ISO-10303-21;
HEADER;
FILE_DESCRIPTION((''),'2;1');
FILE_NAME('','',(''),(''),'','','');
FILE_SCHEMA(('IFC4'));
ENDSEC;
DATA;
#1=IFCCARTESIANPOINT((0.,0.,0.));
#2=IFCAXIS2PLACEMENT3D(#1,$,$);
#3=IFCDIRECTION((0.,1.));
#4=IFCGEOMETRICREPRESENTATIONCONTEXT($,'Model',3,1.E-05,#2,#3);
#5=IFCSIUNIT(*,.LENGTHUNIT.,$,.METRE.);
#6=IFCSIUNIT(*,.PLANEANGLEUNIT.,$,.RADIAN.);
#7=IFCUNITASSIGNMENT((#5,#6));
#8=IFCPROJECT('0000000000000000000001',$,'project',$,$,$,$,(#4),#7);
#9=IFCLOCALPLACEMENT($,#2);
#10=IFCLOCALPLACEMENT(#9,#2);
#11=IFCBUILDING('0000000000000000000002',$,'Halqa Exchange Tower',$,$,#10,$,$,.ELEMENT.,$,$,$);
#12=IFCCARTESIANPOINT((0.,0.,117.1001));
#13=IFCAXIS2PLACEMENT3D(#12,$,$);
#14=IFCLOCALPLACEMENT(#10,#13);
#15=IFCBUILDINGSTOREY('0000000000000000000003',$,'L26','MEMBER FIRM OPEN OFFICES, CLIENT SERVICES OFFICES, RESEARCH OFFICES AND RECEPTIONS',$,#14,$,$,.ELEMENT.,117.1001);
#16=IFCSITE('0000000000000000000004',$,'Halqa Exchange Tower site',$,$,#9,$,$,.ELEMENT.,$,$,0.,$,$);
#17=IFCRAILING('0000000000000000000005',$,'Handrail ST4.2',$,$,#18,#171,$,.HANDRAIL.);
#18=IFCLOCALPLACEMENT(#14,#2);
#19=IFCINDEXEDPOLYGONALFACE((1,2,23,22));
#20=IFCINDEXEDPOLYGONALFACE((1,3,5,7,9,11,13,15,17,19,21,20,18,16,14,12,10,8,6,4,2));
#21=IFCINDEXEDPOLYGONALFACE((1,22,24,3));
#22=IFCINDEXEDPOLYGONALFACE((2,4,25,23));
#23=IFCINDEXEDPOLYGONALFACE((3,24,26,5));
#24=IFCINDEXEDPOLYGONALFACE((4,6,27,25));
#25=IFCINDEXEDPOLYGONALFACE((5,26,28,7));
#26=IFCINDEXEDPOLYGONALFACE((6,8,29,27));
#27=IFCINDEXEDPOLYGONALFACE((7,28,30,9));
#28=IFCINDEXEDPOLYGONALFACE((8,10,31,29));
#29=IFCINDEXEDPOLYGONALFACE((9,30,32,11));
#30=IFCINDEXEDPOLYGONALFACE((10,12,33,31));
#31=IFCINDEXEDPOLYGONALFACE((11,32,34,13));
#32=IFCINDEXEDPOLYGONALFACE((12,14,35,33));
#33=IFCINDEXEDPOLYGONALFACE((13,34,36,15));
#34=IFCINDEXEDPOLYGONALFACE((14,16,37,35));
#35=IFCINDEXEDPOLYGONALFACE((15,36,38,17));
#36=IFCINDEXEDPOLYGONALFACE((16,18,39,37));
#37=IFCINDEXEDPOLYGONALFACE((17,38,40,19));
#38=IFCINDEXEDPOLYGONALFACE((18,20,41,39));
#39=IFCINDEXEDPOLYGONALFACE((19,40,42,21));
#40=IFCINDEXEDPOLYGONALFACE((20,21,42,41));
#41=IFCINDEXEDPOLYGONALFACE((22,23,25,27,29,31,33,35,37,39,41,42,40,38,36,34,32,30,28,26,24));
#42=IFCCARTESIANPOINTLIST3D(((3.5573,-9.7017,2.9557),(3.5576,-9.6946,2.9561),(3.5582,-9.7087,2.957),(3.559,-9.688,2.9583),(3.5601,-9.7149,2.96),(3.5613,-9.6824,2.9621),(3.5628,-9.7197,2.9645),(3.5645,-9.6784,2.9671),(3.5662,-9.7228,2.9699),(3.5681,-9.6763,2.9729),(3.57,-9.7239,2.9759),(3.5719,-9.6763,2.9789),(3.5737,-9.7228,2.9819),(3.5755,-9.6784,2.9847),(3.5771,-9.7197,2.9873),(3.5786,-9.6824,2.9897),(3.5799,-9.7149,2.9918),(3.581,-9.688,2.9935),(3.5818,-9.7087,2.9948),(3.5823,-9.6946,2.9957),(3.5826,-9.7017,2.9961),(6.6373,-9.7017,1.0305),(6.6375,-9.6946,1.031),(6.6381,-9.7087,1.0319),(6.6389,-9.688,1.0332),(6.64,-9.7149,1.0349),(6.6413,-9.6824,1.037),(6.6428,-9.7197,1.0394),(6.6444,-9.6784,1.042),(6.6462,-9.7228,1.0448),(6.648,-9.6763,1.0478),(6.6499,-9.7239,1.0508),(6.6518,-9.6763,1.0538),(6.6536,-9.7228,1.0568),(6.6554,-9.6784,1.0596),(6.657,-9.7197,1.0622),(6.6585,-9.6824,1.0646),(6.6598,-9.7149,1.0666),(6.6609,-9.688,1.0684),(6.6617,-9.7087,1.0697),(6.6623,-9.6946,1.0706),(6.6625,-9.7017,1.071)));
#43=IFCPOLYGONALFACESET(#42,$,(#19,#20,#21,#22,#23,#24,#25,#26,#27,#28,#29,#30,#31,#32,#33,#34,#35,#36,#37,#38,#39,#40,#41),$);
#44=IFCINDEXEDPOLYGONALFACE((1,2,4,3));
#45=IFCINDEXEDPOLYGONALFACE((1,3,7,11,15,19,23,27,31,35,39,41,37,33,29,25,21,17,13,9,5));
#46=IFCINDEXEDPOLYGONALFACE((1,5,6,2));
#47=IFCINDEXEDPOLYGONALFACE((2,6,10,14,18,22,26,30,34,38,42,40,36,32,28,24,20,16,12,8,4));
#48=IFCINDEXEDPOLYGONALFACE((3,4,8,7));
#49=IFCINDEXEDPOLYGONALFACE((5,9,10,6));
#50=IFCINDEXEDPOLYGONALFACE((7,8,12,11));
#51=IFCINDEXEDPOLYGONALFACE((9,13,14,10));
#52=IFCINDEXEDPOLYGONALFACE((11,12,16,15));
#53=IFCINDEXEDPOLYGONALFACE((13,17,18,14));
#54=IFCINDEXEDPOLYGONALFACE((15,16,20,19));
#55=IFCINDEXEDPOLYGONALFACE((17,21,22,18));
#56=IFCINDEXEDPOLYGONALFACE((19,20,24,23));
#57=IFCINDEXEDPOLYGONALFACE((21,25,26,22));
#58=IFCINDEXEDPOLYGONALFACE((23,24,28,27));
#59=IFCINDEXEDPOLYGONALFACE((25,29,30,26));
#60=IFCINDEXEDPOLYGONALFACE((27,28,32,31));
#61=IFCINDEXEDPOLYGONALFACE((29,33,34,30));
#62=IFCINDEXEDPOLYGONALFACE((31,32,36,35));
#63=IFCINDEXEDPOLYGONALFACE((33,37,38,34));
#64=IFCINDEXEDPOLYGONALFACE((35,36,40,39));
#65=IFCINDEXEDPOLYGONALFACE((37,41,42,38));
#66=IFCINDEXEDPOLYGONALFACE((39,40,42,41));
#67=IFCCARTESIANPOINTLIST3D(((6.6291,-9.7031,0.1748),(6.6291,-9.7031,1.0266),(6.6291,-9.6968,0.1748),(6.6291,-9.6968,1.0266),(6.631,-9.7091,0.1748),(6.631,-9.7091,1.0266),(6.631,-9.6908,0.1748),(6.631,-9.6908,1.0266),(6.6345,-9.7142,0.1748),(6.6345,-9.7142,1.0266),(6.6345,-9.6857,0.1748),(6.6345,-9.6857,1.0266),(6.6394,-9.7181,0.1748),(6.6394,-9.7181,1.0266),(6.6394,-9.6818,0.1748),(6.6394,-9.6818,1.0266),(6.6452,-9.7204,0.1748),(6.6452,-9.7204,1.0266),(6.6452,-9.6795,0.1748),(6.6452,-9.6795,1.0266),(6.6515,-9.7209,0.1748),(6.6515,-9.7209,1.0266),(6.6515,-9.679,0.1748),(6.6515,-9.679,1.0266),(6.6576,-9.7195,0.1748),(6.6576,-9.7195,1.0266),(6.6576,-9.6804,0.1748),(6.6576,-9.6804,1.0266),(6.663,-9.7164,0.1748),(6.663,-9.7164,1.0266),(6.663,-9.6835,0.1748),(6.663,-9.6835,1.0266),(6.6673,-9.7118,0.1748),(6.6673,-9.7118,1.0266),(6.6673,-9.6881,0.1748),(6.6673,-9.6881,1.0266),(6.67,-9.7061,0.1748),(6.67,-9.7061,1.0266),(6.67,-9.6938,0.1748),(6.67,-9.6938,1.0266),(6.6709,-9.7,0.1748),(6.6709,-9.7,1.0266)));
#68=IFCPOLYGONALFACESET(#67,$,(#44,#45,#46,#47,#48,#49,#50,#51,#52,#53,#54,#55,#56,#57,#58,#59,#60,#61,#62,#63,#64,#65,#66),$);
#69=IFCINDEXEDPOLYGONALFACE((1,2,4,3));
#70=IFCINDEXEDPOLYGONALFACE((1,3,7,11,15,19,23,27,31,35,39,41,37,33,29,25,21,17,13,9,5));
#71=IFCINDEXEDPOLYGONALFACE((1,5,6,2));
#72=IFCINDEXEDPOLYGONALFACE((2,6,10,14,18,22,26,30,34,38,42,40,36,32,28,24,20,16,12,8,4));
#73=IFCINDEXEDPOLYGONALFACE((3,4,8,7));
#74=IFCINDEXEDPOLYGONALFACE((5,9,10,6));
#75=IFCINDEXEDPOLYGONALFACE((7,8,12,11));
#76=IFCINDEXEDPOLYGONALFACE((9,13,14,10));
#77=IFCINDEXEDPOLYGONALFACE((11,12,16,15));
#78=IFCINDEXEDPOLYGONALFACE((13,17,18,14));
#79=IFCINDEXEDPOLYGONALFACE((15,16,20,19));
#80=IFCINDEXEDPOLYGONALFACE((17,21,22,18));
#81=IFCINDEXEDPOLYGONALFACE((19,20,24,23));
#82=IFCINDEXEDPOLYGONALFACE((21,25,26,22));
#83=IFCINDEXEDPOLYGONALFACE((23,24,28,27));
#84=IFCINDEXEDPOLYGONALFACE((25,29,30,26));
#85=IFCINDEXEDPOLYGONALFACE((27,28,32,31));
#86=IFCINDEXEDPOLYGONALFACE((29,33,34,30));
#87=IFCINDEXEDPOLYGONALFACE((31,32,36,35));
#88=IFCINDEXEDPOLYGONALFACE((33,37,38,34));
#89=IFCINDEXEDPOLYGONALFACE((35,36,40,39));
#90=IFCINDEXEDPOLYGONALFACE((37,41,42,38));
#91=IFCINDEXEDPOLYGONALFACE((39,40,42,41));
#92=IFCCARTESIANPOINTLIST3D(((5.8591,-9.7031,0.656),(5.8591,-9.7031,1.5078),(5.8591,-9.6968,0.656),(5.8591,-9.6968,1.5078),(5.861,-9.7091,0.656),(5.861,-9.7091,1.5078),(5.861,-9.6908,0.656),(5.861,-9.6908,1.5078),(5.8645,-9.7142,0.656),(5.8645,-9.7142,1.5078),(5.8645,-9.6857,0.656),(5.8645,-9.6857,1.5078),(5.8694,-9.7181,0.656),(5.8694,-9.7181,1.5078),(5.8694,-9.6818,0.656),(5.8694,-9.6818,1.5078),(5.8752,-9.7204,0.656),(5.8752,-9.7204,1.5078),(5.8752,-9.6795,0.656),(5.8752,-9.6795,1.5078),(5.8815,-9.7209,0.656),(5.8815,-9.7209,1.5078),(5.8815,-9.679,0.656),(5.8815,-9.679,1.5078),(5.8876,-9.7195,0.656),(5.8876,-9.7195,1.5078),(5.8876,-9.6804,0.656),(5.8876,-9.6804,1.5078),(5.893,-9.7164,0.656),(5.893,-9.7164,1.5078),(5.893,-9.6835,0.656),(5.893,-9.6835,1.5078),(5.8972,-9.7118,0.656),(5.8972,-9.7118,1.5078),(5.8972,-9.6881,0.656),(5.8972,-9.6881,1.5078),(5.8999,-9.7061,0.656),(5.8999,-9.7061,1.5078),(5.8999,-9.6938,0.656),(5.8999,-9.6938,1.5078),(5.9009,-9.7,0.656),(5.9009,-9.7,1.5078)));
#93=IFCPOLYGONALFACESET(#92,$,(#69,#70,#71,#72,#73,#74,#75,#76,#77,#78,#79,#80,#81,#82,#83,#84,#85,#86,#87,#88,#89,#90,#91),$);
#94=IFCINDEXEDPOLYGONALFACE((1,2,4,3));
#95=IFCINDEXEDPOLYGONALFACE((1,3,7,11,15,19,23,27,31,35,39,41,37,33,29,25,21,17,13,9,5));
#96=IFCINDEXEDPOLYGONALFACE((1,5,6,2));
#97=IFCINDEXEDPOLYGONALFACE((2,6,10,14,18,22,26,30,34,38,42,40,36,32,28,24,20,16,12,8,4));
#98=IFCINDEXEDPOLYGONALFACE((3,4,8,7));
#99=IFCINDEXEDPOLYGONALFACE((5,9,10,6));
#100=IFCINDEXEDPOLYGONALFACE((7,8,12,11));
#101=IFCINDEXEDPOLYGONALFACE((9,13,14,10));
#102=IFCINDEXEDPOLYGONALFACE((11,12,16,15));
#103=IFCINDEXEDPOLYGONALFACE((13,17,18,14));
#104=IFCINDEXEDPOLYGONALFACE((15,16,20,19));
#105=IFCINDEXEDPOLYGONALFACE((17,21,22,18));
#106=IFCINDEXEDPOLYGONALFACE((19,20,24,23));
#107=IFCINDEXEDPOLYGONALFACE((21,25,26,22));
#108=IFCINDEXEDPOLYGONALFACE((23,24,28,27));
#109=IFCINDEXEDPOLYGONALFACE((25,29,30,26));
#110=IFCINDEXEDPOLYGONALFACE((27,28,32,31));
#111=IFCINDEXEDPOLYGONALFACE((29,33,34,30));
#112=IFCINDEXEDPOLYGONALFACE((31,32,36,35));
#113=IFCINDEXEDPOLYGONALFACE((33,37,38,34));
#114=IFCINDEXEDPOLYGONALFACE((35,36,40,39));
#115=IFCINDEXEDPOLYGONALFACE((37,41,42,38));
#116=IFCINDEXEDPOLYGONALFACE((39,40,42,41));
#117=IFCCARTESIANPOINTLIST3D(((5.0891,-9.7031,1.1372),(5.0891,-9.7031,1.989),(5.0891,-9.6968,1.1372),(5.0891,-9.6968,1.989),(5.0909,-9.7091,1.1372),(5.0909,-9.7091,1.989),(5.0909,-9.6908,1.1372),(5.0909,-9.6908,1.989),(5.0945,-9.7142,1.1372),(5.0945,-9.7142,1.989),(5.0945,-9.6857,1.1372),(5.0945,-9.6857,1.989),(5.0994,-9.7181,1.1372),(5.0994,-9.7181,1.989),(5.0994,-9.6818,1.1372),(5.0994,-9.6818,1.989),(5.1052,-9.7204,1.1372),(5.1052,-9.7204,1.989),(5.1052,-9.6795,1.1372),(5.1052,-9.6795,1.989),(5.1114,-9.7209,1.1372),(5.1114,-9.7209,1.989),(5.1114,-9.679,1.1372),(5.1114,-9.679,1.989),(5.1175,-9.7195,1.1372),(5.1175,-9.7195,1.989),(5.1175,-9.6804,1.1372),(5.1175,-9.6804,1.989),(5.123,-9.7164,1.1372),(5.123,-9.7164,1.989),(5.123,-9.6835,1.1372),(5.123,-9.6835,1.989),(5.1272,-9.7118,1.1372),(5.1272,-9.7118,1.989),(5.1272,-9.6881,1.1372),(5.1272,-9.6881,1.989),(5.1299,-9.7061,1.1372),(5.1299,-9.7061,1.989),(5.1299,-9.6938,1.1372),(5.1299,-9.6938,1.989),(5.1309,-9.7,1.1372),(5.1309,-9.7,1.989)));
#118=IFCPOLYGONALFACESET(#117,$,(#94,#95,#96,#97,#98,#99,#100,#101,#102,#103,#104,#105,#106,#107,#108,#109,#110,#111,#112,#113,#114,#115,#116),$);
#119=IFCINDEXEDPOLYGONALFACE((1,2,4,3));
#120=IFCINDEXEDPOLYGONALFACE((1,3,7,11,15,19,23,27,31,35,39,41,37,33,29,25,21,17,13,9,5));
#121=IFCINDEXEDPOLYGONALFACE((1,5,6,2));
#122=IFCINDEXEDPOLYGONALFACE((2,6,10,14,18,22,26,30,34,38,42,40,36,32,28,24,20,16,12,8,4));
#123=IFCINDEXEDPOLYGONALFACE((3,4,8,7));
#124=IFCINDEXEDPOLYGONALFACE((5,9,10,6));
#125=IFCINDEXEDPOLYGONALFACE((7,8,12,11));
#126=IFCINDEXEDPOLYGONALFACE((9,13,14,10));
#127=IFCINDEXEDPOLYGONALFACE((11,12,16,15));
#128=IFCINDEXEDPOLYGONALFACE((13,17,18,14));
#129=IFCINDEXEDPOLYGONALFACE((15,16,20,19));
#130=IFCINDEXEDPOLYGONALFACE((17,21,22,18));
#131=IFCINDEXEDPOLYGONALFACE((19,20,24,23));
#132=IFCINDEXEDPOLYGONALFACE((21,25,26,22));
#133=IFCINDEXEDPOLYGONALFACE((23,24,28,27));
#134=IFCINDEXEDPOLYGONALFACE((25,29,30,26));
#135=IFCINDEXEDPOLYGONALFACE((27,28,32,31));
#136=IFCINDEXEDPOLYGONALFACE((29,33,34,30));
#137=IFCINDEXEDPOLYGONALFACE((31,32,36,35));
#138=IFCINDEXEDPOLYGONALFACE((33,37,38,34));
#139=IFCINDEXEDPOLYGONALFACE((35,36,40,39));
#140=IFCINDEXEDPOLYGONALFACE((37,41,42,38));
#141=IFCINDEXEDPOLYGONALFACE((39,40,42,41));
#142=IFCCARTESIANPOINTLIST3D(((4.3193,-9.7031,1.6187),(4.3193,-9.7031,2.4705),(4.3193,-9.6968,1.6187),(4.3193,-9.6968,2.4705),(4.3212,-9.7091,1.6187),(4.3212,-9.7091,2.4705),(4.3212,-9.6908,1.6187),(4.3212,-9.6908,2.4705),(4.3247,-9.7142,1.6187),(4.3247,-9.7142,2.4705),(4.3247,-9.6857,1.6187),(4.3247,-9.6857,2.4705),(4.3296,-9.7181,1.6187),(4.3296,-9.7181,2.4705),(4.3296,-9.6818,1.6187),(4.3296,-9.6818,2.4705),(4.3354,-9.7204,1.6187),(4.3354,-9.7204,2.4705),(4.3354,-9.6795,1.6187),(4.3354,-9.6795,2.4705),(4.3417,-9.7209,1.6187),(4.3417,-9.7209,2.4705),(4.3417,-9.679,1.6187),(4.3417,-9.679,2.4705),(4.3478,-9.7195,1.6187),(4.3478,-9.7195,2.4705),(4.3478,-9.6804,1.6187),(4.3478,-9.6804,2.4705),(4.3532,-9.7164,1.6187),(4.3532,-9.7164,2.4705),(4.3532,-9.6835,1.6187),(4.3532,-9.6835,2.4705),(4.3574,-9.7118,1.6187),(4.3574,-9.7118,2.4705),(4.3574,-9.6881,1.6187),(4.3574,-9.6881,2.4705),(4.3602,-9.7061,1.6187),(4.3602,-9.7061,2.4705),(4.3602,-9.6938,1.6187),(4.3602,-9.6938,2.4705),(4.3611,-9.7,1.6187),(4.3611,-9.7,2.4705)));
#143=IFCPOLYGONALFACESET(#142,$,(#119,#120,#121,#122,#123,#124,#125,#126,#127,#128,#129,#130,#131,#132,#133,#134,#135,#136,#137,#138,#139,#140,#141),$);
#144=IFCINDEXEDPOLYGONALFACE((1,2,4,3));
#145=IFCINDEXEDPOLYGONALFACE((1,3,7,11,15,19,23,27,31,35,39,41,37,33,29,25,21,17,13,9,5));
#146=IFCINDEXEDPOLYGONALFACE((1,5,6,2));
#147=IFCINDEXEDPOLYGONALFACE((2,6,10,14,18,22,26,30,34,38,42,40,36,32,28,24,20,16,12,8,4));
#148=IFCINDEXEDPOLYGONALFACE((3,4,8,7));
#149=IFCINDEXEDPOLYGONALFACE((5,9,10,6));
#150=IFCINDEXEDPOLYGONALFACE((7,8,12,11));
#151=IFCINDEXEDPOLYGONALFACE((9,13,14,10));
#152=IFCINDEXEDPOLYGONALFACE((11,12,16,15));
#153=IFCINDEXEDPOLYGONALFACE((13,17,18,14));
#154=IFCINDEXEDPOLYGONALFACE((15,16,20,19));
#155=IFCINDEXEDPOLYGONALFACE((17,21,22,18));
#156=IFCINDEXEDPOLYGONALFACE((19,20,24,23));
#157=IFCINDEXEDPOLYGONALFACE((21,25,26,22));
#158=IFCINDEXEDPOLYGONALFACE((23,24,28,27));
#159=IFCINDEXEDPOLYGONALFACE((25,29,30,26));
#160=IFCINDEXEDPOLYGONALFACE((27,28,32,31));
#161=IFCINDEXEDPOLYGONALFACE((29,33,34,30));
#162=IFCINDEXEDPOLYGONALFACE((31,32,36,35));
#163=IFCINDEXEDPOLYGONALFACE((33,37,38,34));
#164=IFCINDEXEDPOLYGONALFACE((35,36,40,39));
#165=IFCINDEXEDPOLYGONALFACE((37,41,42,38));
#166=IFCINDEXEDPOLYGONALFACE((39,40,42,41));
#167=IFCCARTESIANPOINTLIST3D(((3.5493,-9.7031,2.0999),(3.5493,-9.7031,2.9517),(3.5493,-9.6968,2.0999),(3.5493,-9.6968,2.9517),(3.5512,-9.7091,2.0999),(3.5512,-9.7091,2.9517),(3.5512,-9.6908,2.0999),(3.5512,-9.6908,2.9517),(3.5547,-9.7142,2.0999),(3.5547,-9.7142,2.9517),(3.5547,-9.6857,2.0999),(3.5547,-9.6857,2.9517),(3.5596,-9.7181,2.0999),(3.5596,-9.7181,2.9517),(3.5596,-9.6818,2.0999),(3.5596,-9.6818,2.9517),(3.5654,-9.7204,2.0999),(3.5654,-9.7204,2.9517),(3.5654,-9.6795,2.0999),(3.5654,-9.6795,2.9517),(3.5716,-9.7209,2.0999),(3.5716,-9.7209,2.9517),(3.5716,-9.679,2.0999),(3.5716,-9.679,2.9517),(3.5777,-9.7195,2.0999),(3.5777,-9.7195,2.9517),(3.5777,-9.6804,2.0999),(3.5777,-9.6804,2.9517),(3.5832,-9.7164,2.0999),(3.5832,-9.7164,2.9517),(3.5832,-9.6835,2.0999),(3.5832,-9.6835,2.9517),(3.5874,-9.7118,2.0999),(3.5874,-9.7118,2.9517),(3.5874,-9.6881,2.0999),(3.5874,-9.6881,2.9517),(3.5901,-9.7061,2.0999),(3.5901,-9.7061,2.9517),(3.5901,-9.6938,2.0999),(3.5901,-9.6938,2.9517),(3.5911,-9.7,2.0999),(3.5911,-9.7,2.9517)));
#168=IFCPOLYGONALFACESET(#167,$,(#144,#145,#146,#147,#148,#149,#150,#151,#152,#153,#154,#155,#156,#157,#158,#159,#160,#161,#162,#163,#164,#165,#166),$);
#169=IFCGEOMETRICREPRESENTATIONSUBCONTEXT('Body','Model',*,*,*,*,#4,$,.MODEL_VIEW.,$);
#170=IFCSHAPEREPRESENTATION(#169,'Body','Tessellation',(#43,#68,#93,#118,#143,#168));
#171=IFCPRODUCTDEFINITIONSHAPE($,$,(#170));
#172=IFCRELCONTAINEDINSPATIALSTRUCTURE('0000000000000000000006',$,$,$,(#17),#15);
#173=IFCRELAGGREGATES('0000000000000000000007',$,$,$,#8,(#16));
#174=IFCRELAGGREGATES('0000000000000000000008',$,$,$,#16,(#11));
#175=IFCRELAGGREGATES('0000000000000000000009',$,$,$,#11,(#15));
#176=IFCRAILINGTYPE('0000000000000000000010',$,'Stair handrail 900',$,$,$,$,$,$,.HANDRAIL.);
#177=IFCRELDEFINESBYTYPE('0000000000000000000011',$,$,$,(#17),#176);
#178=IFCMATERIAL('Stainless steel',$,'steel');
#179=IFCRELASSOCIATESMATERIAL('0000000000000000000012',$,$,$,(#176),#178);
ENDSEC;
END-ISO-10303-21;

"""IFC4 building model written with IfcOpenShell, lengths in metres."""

from ifc_helpers import new_model, si_unit, direction, frame, origin, origin_2d, place, context, subcontext, project, spatial, circle, extrude, material, type_object, element, save


model = new_model("IFC4")

# Units and contexts
model_context = context("Model", 3, precision=1e-05, world=origin(), true_north=direction((0.0, 1.0)))
body_context = subcontext(model_context, "Body", "Model", "MODEL_VIEW")
ifc_project = project(units=[si_unit("LENGTHUNIT", "METRE"), si_unit("PLANEANGLEUNIT", "RADIAN")], contexts=[model_context])

# Site, building, storey
site_placement = place(None, origin())
site = spatial("IfcSite", under=ifc_project, at=site_placement, Name="Halqa Exchange Tower site", CompositionType="ELEMENT", RefElevation=0.0)
building_placement = place(site_placement, origin())
building = spatial("IfcBuilding", under=site, at=building_placement, Name="Halqa Exchange Tower", CompositionType="ELEMENT")
storey_placement = place(building_placement, frame((0.0, 0.0, 117.1001)))
storey = spatial("IfcBuildingStorey", under=building, at=storey_placement, Name="L26", Description="MEMBER FIRM OPEN OFFICES, CLIENT SERVICES OFFICES, RESEARCH OFFICES AND RECEPTIONS", CompositionType="ELEMENT", Elevation=117.1001)

# Railing
ifc_material_1 = material(Name="Stainless steel", Category="steel")
railing_type_1 = type_object("IfcRailingType", Name="Stair handrail 900", PredefinedType="HANDRAIL", material=ifc_material_1)
railing_1_placement = place(storey_placement, frame((6.6499, -9.7, 0.1748)))
element("IfcRailing", 1, at=railing_1_placement, inside=storey, type_object=railing_type_1, Name="Handrail ST4.2", PredefinedType="HANDRAIL", context=body_context, shape_type="SweptSolid", body=[
    extrude(circle(Radius=0.0239, at=origin_2d()), frame((0.0, 0.0, 0.876), z_axis=(-0.847979, 0.0, 0.530029), x_axis=(0.0, -1.0, 0.0)), (0.0, 0.0, 1.0), 3.6321),
    extrude(circle(Radius=0.021, at=origin_2d()), origin(), (0.0, 0.0, 1.0), 0.8518),
    extrude(circle(Radius=0.021, at=origin_2d()), frame((-0.77, 0.0, 0.4812)), (0.0, 0.0, 1.0), 0.8518),
    extrude(circle(Radius=0.021, at=origin_2d()), frame((-1.54, 0.0, 0.9624)), (0.0, 0.0, 1.0), 0.8518),
    extrude(circle(Radius=0.021, at=origin_2d()), frame((-2.3098, 0.0, 1.4438)), (0.0, 0.0, 1.0), 0.8518),
    extrude(circle(Radius=0.021, at=origin_2d()), frame((-3.0798, 0.0, 1.925)), (0.0, 0.0, 1.0), 0.8518),
])

save(model, "model.ifc")
